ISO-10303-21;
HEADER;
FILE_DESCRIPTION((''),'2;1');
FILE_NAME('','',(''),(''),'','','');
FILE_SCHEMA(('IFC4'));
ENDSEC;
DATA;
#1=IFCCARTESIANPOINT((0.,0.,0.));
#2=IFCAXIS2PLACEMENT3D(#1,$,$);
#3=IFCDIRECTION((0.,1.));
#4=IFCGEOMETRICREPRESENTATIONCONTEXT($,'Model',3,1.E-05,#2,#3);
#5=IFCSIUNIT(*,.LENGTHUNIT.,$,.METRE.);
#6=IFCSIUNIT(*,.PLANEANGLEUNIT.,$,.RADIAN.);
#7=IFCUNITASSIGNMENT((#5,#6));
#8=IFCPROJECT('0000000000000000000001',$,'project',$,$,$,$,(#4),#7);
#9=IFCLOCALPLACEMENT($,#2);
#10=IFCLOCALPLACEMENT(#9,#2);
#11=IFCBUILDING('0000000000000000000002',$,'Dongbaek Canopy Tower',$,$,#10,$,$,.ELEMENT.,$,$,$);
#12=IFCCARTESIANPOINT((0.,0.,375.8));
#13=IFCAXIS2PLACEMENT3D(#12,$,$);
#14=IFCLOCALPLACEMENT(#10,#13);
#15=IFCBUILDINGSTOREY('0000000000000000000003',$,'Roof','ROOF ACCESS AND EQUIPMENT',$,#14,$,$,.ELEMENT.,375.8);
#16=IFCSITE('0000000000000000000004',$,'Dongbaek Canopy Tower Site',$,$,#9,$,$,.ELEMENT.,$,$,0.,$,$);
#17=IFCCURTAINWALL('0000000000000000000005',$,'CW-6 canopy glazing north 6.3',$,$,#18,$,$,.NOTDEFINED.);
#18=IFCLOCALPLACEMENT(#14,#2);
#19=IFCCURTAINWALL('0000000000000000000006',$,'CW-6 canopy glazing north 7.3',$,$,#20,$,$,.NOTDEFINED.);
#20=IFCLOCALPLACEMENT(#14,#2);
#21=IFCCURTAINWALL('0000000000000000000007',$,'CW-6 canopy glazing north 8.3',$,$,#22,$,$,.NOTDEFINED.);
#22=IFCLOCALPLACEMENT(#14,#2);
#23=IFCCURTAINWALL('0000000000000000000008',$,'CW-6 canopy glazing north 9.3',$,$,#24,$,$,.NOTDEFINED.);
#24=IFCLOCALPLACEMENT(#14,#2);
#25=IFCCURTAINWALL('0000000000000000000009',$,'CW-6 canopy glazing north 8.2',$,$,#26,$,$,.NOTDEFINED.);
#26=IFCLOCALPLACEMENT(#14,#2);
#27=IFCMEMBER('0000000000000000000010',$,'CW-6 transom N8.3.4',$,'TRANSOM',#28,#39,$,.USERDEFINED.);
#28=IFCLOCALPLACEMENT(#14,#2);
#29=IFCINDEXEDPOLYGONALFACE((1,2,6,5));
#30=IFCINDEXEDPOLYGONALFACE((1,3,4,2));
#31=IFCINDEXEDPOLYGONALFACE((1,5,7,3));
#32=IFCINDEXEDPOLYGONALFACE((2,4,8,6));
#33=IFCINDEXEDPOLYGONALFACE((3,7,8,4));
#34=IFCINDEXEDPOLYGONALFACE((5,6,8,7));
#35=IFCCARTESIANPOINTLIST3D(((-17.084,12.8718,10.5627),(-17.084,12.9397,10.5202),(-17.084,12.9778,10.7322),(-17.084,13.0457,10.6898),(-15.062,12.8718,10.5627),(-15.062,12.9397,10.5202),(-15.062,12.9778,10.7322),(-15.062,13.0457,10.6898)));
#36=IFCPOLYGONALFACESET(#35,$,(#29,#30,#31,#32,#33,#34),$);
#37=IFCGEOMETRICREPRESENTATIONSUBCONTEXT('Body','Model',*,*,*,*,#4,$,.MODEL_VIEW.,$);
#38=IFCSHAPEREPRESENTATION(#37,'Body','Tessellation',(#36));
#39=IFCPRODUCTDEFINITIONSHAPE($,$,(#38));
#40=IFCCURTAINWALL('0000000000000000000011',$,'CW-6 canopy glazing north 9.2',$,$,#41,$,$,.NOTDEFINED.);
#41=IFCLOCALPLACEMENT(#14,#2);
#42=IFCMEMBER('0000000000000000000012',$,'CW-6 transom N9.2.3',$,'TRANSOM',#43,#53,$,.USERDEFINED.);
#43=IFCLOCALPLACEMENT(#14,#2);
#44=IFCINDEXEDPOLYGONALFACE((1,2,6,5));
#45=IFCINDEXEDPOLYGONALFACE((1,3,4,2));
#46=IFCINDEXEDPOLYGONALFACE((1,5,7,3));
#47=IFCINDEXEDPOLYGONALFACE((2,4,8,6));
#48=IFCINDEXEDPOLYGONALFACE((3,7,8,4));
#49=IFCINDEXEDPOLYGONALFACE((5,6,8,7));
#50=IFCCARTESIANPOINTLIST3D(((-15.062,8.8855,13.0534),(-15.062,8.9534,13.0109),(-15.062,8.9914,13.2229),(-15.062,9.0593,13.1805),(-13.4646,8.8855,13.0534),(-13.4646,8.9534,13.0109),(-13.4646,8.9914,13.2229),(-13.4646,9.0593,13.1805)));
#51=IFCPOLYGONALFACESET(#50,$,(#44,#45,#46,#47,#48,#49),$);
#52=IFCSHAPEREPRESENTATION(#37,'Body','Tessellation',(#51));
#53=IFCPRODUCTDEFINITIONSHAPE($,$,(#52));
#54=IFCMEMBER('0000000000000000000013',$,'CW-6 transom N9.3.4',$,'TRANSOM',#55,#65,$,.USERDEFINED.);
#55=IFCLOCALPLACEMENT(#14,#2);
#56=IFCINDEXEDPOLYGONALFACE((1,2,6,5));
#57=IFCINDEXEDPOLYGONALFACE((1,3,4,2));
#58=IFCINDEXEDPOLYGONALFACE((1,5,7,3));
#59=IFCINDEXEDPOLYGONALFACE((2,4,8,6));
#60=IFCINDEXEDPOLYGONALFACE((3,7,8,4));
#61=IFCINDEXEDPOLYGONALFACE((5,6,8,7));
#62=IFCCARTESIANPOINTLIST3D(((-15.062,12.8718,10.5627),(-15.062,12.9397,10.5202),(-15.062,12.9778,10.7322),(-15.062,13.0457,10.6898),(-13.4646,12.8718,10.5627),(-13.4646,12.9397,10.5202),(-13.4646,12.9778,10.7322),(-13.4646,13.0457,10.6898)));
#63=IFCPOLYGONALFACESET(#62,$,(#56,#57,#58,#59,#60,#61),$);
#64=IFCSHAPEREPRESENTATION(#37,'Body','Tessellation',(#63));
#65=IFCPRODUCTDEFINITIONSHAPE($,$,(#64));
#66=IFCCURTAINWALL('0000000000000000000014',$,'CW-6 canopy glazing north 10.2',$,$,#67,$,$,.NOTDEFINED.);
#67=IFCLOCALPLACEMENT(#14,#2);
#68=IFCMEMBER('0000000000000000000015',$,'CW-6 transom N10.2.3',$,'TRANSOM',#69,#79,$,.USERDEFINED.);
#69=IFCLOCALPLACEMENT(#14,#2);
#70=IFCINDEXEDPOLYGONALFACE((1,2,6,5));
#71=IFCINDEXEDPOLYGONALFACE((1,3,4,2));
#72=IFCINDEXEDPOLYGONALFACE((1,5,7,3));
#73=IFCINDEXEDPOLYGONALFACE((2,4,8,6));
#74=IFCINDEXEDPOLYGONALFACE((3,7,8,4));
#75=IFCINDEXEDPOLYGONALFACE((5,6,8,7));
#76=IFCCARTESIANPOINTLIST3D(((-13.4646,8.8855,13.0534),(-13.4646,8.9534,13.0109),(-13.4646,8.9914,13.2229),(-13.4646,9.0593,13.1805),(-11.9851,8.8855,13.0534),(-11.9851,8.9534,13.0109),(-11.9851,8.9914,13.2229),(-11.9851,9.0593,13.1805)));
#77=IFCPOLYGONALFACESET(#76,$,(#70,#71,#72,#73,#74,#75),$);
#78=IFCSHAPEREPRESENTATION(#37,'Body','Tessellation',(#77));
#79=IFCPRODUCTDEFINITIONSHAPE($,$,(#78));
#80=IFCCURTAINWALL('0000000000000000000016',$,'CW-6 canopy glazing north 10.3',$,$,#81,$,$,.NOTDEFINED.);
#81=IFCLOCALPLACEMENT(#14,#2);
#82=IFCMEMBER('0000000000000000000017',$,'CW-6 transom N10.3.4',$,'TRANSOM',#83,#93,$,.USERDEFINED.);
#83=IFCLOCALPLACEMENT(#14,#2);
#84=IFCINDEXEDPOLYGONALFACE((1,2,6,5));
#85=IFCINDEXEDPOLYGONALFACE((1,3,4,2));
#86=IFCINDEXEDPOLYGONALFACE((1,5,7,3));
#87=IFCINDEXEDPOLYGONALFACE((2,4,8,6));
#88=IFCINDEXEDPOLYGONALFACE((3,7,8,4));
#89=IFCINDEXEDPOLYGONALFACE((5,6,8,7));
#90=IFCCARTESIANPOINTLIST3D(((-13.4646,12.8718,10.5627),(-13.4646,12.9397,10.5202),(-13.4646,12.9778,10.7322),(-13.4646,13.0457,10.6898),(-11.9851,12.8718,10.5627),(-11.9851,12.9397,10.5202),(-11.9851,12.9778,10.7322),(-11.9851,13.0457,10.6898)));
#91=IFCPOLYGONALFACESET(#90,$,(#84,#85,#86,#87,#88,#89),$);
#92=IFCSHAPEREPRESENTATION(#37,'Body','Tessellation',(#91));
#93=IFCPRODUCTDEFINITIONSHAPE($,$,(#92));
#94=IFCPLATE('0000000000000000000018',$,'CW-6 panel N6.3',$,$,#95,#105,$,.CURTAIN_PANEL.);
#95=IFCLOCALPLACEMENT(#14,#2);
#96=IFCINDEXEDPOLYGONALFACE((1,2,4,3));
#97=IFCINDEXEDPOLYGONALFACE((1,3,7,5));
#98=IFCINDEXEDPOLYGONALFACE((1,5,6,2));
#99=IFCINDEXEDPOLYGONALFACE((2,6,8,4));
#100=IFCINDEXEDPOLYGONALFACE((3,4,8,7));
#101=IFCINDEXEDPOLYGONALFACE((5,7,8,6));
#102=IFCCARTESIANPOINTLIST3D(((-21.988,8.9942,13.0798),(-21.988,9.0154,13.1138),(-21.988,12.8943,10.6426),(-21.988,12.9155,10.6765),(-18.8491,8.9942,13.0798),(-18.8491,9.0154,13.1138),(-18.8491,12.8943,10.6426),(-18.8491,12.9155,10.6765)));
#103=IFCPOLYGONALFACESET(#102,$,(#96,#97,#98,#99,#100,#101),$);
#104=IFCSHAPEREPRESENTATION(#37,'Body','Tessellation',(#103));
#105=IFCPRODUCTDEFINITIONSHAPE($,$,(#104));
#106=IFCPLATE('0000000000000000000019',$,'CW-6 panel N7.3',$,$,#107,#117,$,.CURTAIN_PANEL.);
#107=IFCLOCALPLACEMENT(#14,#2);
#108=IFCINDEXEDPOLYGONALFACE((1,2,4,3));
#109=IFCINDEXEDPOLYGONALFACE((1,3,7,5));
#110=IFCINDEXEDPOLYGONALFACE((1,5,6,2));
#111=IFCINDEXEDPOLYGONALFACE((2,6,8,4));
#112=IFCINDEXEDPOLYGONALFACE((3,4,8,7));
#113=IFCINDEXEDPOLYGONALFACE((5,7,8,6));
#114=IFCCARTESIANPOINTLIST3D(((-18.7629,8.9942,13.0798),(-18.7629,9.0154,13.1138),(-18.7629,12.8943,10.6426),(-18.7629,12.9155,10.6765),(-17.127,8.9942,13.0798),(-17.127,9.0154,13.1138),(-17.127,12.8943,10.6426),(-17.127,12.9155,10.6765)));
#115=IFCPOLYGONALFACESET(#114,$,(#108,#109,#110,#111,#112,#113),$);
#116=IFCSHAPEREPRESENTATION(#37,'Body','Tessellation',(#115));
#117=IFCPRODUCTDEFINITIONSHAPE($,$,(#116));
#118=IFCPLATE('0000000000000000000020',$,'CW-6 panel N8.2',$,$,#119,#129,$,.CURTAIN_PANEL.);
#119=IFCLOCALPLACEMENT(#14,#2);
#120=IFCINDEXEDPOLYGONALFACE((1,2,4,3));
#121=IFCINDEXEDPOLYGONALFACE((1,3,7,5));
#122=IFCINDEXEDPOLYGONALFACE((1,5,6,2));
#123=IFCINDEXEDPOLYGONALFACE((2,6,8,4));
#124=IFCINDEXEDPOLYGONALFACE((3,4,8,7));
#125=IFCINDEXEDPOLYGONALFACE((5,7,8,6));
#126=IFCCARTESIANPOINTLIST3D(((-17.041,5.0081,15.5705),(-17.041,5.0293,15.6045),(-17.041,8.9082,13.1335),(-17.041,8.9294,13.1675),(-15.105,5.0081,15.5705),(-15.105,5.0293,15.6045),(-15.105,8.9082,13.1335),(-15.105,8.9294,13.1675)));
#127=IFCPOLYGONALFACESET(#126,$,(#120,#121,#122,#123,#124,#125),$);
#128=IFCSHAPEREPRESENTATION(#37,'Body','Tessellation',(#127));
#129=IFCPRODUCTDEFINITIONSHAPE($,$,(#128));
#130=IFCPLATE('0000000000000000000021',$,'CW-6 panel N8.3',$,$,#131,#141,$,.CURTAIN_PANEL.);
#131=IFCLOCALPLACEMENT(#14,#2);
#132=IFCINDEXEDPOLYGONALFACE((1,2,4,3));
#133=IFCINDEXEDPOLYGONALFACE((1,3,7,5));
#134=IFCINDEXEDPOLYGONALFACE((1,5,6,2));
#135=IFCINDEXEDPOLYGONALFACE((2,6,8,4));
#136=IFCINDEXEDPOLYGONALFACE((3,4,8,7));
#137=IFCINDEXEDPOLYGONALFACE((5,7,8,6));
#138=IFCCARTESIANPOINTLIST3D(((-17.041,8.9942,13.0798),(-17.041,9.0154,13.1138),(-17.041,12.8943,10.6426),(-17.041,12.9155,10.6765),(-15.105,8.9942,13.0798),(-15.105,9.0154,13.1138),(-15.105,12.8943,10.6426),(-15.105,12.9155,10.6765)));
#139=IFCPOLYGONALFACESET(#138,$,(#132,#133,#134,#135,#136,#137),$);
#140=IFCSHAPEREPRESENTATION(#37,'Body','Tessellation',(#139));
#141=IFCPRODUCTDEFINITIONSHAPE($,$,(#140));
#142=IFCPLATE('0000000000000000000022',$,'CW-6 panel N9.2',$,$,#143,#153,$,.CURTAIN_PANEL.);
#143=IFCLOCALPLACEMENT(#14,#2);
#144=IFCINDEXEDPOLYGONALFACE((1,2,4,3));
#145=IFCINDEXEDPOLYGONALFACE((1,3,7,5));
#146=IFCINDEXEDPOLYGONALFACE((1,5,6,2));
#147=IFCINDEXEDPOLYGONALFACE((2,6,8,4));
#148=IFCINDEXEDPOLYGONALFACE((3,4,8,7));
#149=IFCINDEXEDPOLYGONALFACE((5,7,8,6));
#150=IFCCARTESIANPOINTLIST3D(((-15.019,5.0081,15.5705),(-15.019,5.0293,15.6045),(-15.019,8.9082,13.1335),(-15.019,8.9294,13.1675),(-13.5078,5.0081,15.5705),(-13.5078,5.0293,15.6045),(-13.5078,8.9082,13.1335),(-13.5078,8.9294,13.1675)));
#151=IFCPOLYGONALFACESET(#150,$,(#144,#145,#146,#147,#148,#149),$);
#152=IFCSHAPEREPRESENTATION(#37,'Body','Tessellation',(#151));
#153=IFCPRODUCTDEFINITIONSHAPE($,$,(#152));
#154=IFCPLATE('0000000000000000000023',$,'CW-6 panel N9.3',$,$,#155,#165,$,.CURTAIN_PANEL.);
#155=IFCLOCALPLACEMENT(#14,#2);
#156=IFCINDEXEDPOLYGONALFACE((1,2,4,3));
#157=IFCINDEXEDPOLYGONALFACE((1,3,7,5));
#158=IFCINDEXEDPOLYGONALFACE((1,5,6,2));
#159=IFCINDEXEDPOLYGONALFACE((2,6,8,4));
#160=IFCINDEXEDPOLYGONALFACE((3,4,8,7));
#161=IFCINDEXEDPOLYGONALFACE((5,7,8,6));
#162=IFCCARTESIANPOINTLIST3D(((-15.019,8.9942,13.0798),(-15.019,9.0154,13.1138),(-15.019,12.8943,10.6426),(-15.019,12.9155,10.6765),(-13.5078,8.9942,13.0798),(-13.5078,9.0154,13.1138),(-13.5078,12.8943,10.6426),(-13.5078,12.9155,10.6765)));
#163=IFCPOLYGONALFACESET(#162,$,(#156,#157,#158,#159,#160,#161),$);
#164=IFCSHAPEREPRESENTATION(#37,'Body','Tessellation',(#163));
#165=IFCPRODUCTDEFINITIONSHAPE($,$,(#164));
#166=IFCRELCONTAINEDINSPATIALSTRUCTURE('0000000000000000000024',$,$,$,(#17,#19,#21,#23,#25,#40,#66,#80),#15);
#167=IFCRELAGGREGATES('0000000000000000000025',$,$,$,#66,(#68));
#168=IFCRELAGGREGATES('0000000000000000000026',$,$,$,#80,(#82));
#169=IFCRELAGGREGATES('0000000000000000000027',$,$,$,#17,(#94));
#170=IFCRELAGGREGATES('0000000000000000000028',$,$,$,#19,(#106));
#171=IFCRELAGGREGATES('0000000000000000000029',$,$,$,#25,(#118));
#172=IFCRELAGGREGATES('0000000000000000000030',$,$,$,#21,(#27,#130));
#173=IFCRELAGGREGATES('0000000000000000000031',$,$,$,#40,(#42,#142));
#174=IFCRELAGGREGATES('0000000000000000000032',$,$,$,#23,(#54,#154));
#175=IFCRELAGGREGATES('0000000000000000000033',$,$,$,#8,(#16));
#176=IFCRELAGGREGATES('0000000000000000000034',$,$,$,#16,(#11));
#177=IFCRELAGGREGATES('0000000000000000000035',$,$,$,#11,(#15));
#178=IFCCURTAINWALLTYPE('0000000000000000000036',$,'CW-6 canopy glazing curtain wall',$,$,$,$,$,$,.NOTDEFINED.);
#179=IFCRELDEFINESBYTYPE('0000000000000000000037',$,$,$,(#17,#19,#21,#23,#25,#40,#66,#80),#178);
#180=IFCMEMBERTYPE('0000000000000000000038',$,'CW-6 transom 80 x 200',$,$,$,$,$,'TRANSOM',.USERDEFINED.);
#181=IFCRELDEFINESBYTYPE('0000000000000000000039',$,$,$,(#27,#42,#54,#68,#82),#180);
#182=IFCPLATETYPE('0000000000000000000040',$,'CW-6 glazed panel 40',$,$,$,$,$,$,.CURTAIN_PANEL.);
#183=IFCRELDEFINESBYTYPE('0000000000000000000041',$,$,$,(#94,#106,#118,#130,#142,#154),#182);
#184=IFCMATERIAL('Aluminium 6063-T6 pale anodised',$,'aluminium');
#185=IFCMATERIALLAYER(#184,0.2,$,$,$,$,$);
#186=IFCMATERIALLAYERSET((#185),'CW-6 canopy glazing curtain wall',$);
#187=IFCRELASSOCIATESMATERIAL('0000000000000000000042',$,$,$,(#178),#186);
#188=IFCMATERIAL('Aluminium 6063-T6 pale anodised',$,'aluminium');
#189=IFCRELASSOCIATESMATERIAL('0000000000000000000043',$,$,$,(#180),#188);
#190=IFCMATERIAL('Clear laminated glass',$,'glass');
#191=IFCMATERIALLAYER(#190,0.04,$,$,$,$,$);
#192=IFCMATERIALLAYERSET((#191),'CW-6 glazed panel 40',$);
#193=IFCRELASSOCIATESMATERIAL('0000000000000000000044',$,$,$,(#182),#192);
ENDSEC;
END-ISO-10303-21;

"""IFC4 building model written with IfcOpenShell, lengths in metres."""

from ifc_helpers import new_model, si_unit, direction, frame, origin, origin_2d, place, context, subcontext, project, spatial, polyline, rectangle, outline, extrude, material, layer, layer_set, material_profile, profile_set, type_object, element, aggregate, save


model = new_model("IFC4")

# Units and contexts
model_context = context("Model", 3, precision=1e-05, world=origin(), true_north=direction((0.0, 1.0)))
body_context = subcontext(model_context, "Body", "Model", "MODEL_VIEW")
ifc_project = project(units=[si_unit("LENGTHUNIT", "METRE"), si_unit("PLANEANGLEUNIT", "RADIAN")], contexts=[model_context])

# Site, building, storey
site_placement = place(None, origin())
site = spatial("IfcSite", under=ifc_project, at=site_placement, Name="Dongbaek Canopy Tower Site", CompositionType="ELEMENT", RefElevation=0.0)
building_placement = place(site_placement, origin())
building = spatial("IfcBuilding", under=site, at=building_placement, Name="Dongbaek Canopy Tower", CompositionType="ELEMENT")
storey_placement = place(building_placement, frame((0.0, 0.0, 375.8)))
storey = spatial("IfcBuildingStorey", under=building, at=storey_placement, Name="Roof", Description="ROOF ACCESS AND EQUIPMENT", CompositionType="ELEMENT", Elevation=375.8)

# Curtain walls
ifc_material_1 = material(Name="Aluminium 6063-T6 pale anodised", Category="aluminium")
ifc_layer_1 = layer(ifc_material_1, 0.2)
ifc_layer_set_1 = layer_set([ifc_layer_1], Name="CW-6 canopy glazing curtain wall")
curtain_wall_type = type_object("IfcCurtainWallType", Name="CW-6 canopy glazing curtain wall", PredefinedType="NOTDEFINED", material=ifc_layer_set_1)
curtain_wall_1_placement = place(storey_placement, origin())
curtain_wall_1 = element("IfcCurtainWall", 1, at=curtain_wall_1_placement, inside=storey, type_object=curtain_wall_type, Name="CW-6 canopy glazing north 6.3", PredefinedType="NOTDEFINED")
curtain_wall_2_placement = place(storey_placement, origin())
curtain_wall_2 = element("IfcCurtainWall", 2, at=curtain_wall_2_placement, inside=storey, type_object=curtain_wall_type, Name="CW-6 canopy glazing north 7.3", PredefinedType="NOTDEFINED")
curtain_wall_3_placement = place(storey_placement, origin())
curtain_wall_3 = element("IfcCurtainWall", 3, at=curtain_wall_3_placement, inside=storey, type_object=curtain_wall_type, Name="CW-6 canopy glazing north 8.3", PredefinedType="NOTDEFINED")
curtain_wall_4_placement = place(storey_placement, origin())
curtain_wall_4 = element("IfcCurtainWall", 4, at=curtain_wall_4_placement, inside=storey, type_object=curtain_wall_type, Name="CW-6 canopy glazing north 9.3", PredefinedType="NOTDEFINED")
ifc_material_2 = material(Name="Aluminium 6063-T6 pale anodised", Category="aluminium")
ifc_material_profile_1 = material_profile(ifc_material_2, rectangle(XDim=0.0801, YDim=0.2, at=origin_2d()), Name="CW-6 transom 80 x 200")
ifc_profile_set_1 = profile_set([ifc_material_profile_1], Name="Aluminium 6063-T6 pale anodised")
member_type_1 = type_object("IfcMemberType", Name="CW-6 transom 80 x 200", ElementType="TRANSOM", PredefinedType="USERDEFINED", material=ifc_profile_set_1)

# Curtain wall
curtain_wall_5_placement = place(storey_placement, origin())
curtain_wall_5 = element("IfcCurtainWall", 5, at=curtain_wall_5_placement, inside=storey, type_object=curtain_wall_type, Name="CW-6 canopy glazing north 8.2", PredefinedType="NOTDEFINED")

# Member
member_1_placement = place(storey_placement, frame((-17.084, 12.9587, 10.6262), z_axis=(1.0, 0.0, 0.0), x_axis=(0.0, 0.848048, -0.529919)))
member_1 = element("IfcMember", 6, at=member_1_placement, type_object=member_type_1, Name="CW-6 transom N8.3.4", ObjectType="TRANSOM", PredefinedType="USERDEFINED", context=body_context, shape_type="SweptSolid", body=[
    extrude(rectangle(XDim=0.0801, YDim=0.2, at=origin_2d()), origin(), (0.0, 0.0, 1.0), 2.022),
])

# Curtain wall, member
curtain_wall_6_placement = place(storey_placement, origin())
curtain_wall_6 = element("IfcCurtainWall", 7, at=curtain_wall_6_placement, inside=storey, type_object=curtain_wall_type, Name="CW-6 canopy glazing north 9.2", PredefinedType="NOTDEFINED")
member_2_placement = place(storey_placement, frame((-15.062, 8.9724, 13.1169), z_axis=(1.0, 0.0, 0.0), x_axis=(0.0, 0.848048, -0.529919)))
member_2 = element("IfcMember", 8, at=member_2_placement, type_object=member_type_1, Name="CW-6 transom N9.2.3", ObjectType="TRANSOM", PredefinedType="USERDEFINED", context=body_context, shape_type="SweptSolid", body=[
    extrude(rectangle(XDim=0.0801, YDim=0.2, at=origin_2d()), origin(), (0.0, 0.0, 1.0), 1.5974),
])

# Member
member_3_placement = place(storey_placement, frame((-15.062, 12.9587, 10.6262), z_axis=(1.0, 0.0, 0.0), x_axis=(0.0, 0.848048, -0.529919)))
member_3 = element("IfcMember", 9, at=member_3_placement, type_object=member_type_1, Name="CW-6 transom N9.3.4", ObjectType="TRANSOM", PredefinedType="USERDEFINED", context=body_context, shape_type="SweptSolid", body=[
    extrude(rectangle(XDim=0.0801, YDim=0.2, at=origin_2d()), origin(), (0.0, 0.0, 1.0), 1.5974),
])

# Curtain walls, members
curtain_wall_7_placement = place(storey_placement, origin())
curtain_wall_7 = element("IfcCurtainWall", 10, at=curtain_wall_7_placement, inside=storey, type_object=curtain_wall_type, Name="CW-6 canopy glazing north 10.2", PredefinedType="NOTDEFINED")
member_4_placement = place(storey_placement, frame((-13.4646, 8.9724, 13.1169), z_axis=(1.0, 0.0, 0.0), x_axis=(0.0, 0.848048, -0.529919)))
member_4 = element("IfcMember", 11, at=member_4_placement, type_object=member_type_1, Name="CW-6 transom N10.2.3", ObjectType="TRANSOM", PredefinedType="USERDEFINED", context=body_context, shape_type="SweptSolid", body=[
    extrude(rectangle(XDim=0.0801, YDim=0.2, at=origin_2d()), origin(), (0.0, 0.0, 1.0), 1.4795),
])
aggregate(curtain_wall_7, [member_4])
curtain_wall_8_placement = place(storey_placement, origin())
curtain_wall_8 = element("IfcCurtainWall", 12, at=curtain_wall_8_placement, inside=storey, type_object=curtain_wall_type, Name="CW-6 canopy glazing north 10.3", PredefinedType="NOTDEFINED")
member_5_placement = place(storey_placement, frame((-13.4646, 12.9587, 10.6262), z_axis=(1.0, 0.0, 0.0), x_axis=(0.0, 0.848048, -0.529919)))
member_5 = element("IfcMember", 13, at=member_5_placement, type_object=member_type_1, Name="CW-6 transom N10.3.4", ObjectType="TRANSOM", PredefinedType="USERDEFINED", context=body_context, shape_type="SweptSolid", body=[
    extrude(rectangle(XDim=0.0801, YDim=0.2, at=origin_2d()), origin(), (0.0, 0.0, 1.0), 1.4795),
])
aggregate(curtain_wall_8, [member_5])

# Plates
ifc_material_3 = material(Name="Clear laminated glass", Category="glass")
ifc_layer_2 = layer(ifc_material_3, 0.04)
ifc_layer_set_2 = layer_set([ifc_layer_2], Name="CW-6 glazed panel 40")
plate_type = type_object("IfcPlateType", Name="CW-6 glazed panel 40", PredefinedType="CURTAIN_PANEL", material=ifc_layer_set_2)
plate_1_placement = place(storey_placement, frame((-18.8491, 9.0154, 13.1138), z_axis=(0.0, 0.529946, 0.848031), x_axis=(-1.0, 0.0, 0.0)))
plate_1 = element("IfcPlate", 14, at=plate_1_placement, type_object=plate_type, Name="CW-6 panel N6.3", PredefinedType="CURTAIN_PANEL", context=body_context, shape_type="SweptSolid", body=[
    extrude(outline(polyline([(0.0, 0.0), (3.1389, 0.0), (3.1389, -4.5991), (0.0, -4.5991), (0.0, 0.0)])), origin(), (0.0, 0.0, -1.0), 0.04),
])
aggregate(curtain_wall_1, [plate_1])
plate_2_placement = place(storey_placement, frame((-17.127, 9.0154, 13.1138), z_axis=(0.0, 0.529946, 0.848031), x_axis=(-1.0, 0.0, 0.0)))
plate_2 = element("IfcPlate", 15, at=plate_2_placement, type_object=plate_type, Name="CW-6 panel N7.3", PredefinedType="CURTAIN_PANEL", context=body_context, shape_type="SweptSolid", body=[
    extrude(outline(polyline([(0.0, 0.0), (1.636, 0.0), (1.636, -4.5991), (0.0, -4.5991), (0.0, 0.0)])), origin(), (0.0, 0.0, -1.0), 0.04),
])
aggregate(curtain_wall_2, [plate_2])
plate_3_placement = place(storey_placement, frame((-15.105, 5.0293, 15.6045), z_axis=(0.0, 0.529908, 0.848055), x_axis=(-1.0, 0.0, 0.0)))
plate_3 = element("IfcPlate", 16, at=plate_3_placement, type_object=plate_type, Name="CW-6 panel N8.2", PredefinedType="CURTAIN_PANEL", context=body_context, shape_type="SweptSolid", body=[
    extrude(outline(polyline([(0.0, 0.0), (1.936, 0.0), (1.936, -4.5989), (0.0, -4.5989), (0.0, 0.0)])), origin(), (0.0, 0.0, -1.0), 0.04),
])
aggregate(curtain_wall_5, [plate_3])
plate_4_placement = place(storey_placement, frame((-15.105, 9.0154, 13.1138), z_axis=(0.0, 0.529946, 0.848031), x_axis=(-1.0, 0.0, 0.0)))
plate_4 = element("IfcPlate", 17, at=plate_4_placement, type_object=plate_type, Name="CW-6 panel N8.3", PredefinedType="CURTAIN_PANEL", context=body_context, shape_type="SweptSolid", body=[
    extrude(outline(polyline([(0.0, 0.0), (1.936, 0.0), (1.936, -4.5991), (0.0, -4.5991), (0.0, 0.0)])), origin(), (0.0, 0.0, -1.0), 0.04),
])
aggregate(curtain_wall_3, [member_1, plate_4])
plate_5_placement = place(storey_placement, frame((-13.5078, 5.0293, 15.6045), z_axis=(0.0, 0.529908, 0.848055), x_axis=(-1.0, 0.0, 0.0)))
plate_5 = element("IfcPlate", 18, at=plate_5_placement, type_object=plate_type, Name="CW-6 panel N9.2", PredefinedType="CURTAIN_PANEL", context=body_context, shape_type="SweptSolid", body=[
    extrude(outline(polyline([(0.0, 0.0), (1.5112, 0.0), (1.5112, -4.5989), (0.0, -4.5989), (0.0, 0.0)])), origin(), (0.0, 0.0, -1.0), 0.04),
])
aggregate(curtain_wall_6, [member_2, plate_5])
plate_6_placement = place(storey_placement, frame((-13.5078, 9.0154, 13.1138), z_axis=(0.0, 0.529946, 0.848031), x_axis=(-1.0, 0.0, 0.0)))
plate_6 = element("IfcPlate", 19, at=plate_6_placement, type_object=plate_type, Name="CW-6 panel N9.3", PredefinedType="CURTAIN_PANEL", context=body_context, shape_type="SweptSolid", body=[
    extrude(outline(polyline([(0.0, 0.0), (1.5112, 0.0), (1.5112, -4.5991), (0.0, -4.5991), (0.0, 0.0)])), origin(), (0.0, 0.0, -1.0), 0.04),
])
aggregate(curtain_wall_4, [member_3, plate_6])

save(model, "model.ifc")
